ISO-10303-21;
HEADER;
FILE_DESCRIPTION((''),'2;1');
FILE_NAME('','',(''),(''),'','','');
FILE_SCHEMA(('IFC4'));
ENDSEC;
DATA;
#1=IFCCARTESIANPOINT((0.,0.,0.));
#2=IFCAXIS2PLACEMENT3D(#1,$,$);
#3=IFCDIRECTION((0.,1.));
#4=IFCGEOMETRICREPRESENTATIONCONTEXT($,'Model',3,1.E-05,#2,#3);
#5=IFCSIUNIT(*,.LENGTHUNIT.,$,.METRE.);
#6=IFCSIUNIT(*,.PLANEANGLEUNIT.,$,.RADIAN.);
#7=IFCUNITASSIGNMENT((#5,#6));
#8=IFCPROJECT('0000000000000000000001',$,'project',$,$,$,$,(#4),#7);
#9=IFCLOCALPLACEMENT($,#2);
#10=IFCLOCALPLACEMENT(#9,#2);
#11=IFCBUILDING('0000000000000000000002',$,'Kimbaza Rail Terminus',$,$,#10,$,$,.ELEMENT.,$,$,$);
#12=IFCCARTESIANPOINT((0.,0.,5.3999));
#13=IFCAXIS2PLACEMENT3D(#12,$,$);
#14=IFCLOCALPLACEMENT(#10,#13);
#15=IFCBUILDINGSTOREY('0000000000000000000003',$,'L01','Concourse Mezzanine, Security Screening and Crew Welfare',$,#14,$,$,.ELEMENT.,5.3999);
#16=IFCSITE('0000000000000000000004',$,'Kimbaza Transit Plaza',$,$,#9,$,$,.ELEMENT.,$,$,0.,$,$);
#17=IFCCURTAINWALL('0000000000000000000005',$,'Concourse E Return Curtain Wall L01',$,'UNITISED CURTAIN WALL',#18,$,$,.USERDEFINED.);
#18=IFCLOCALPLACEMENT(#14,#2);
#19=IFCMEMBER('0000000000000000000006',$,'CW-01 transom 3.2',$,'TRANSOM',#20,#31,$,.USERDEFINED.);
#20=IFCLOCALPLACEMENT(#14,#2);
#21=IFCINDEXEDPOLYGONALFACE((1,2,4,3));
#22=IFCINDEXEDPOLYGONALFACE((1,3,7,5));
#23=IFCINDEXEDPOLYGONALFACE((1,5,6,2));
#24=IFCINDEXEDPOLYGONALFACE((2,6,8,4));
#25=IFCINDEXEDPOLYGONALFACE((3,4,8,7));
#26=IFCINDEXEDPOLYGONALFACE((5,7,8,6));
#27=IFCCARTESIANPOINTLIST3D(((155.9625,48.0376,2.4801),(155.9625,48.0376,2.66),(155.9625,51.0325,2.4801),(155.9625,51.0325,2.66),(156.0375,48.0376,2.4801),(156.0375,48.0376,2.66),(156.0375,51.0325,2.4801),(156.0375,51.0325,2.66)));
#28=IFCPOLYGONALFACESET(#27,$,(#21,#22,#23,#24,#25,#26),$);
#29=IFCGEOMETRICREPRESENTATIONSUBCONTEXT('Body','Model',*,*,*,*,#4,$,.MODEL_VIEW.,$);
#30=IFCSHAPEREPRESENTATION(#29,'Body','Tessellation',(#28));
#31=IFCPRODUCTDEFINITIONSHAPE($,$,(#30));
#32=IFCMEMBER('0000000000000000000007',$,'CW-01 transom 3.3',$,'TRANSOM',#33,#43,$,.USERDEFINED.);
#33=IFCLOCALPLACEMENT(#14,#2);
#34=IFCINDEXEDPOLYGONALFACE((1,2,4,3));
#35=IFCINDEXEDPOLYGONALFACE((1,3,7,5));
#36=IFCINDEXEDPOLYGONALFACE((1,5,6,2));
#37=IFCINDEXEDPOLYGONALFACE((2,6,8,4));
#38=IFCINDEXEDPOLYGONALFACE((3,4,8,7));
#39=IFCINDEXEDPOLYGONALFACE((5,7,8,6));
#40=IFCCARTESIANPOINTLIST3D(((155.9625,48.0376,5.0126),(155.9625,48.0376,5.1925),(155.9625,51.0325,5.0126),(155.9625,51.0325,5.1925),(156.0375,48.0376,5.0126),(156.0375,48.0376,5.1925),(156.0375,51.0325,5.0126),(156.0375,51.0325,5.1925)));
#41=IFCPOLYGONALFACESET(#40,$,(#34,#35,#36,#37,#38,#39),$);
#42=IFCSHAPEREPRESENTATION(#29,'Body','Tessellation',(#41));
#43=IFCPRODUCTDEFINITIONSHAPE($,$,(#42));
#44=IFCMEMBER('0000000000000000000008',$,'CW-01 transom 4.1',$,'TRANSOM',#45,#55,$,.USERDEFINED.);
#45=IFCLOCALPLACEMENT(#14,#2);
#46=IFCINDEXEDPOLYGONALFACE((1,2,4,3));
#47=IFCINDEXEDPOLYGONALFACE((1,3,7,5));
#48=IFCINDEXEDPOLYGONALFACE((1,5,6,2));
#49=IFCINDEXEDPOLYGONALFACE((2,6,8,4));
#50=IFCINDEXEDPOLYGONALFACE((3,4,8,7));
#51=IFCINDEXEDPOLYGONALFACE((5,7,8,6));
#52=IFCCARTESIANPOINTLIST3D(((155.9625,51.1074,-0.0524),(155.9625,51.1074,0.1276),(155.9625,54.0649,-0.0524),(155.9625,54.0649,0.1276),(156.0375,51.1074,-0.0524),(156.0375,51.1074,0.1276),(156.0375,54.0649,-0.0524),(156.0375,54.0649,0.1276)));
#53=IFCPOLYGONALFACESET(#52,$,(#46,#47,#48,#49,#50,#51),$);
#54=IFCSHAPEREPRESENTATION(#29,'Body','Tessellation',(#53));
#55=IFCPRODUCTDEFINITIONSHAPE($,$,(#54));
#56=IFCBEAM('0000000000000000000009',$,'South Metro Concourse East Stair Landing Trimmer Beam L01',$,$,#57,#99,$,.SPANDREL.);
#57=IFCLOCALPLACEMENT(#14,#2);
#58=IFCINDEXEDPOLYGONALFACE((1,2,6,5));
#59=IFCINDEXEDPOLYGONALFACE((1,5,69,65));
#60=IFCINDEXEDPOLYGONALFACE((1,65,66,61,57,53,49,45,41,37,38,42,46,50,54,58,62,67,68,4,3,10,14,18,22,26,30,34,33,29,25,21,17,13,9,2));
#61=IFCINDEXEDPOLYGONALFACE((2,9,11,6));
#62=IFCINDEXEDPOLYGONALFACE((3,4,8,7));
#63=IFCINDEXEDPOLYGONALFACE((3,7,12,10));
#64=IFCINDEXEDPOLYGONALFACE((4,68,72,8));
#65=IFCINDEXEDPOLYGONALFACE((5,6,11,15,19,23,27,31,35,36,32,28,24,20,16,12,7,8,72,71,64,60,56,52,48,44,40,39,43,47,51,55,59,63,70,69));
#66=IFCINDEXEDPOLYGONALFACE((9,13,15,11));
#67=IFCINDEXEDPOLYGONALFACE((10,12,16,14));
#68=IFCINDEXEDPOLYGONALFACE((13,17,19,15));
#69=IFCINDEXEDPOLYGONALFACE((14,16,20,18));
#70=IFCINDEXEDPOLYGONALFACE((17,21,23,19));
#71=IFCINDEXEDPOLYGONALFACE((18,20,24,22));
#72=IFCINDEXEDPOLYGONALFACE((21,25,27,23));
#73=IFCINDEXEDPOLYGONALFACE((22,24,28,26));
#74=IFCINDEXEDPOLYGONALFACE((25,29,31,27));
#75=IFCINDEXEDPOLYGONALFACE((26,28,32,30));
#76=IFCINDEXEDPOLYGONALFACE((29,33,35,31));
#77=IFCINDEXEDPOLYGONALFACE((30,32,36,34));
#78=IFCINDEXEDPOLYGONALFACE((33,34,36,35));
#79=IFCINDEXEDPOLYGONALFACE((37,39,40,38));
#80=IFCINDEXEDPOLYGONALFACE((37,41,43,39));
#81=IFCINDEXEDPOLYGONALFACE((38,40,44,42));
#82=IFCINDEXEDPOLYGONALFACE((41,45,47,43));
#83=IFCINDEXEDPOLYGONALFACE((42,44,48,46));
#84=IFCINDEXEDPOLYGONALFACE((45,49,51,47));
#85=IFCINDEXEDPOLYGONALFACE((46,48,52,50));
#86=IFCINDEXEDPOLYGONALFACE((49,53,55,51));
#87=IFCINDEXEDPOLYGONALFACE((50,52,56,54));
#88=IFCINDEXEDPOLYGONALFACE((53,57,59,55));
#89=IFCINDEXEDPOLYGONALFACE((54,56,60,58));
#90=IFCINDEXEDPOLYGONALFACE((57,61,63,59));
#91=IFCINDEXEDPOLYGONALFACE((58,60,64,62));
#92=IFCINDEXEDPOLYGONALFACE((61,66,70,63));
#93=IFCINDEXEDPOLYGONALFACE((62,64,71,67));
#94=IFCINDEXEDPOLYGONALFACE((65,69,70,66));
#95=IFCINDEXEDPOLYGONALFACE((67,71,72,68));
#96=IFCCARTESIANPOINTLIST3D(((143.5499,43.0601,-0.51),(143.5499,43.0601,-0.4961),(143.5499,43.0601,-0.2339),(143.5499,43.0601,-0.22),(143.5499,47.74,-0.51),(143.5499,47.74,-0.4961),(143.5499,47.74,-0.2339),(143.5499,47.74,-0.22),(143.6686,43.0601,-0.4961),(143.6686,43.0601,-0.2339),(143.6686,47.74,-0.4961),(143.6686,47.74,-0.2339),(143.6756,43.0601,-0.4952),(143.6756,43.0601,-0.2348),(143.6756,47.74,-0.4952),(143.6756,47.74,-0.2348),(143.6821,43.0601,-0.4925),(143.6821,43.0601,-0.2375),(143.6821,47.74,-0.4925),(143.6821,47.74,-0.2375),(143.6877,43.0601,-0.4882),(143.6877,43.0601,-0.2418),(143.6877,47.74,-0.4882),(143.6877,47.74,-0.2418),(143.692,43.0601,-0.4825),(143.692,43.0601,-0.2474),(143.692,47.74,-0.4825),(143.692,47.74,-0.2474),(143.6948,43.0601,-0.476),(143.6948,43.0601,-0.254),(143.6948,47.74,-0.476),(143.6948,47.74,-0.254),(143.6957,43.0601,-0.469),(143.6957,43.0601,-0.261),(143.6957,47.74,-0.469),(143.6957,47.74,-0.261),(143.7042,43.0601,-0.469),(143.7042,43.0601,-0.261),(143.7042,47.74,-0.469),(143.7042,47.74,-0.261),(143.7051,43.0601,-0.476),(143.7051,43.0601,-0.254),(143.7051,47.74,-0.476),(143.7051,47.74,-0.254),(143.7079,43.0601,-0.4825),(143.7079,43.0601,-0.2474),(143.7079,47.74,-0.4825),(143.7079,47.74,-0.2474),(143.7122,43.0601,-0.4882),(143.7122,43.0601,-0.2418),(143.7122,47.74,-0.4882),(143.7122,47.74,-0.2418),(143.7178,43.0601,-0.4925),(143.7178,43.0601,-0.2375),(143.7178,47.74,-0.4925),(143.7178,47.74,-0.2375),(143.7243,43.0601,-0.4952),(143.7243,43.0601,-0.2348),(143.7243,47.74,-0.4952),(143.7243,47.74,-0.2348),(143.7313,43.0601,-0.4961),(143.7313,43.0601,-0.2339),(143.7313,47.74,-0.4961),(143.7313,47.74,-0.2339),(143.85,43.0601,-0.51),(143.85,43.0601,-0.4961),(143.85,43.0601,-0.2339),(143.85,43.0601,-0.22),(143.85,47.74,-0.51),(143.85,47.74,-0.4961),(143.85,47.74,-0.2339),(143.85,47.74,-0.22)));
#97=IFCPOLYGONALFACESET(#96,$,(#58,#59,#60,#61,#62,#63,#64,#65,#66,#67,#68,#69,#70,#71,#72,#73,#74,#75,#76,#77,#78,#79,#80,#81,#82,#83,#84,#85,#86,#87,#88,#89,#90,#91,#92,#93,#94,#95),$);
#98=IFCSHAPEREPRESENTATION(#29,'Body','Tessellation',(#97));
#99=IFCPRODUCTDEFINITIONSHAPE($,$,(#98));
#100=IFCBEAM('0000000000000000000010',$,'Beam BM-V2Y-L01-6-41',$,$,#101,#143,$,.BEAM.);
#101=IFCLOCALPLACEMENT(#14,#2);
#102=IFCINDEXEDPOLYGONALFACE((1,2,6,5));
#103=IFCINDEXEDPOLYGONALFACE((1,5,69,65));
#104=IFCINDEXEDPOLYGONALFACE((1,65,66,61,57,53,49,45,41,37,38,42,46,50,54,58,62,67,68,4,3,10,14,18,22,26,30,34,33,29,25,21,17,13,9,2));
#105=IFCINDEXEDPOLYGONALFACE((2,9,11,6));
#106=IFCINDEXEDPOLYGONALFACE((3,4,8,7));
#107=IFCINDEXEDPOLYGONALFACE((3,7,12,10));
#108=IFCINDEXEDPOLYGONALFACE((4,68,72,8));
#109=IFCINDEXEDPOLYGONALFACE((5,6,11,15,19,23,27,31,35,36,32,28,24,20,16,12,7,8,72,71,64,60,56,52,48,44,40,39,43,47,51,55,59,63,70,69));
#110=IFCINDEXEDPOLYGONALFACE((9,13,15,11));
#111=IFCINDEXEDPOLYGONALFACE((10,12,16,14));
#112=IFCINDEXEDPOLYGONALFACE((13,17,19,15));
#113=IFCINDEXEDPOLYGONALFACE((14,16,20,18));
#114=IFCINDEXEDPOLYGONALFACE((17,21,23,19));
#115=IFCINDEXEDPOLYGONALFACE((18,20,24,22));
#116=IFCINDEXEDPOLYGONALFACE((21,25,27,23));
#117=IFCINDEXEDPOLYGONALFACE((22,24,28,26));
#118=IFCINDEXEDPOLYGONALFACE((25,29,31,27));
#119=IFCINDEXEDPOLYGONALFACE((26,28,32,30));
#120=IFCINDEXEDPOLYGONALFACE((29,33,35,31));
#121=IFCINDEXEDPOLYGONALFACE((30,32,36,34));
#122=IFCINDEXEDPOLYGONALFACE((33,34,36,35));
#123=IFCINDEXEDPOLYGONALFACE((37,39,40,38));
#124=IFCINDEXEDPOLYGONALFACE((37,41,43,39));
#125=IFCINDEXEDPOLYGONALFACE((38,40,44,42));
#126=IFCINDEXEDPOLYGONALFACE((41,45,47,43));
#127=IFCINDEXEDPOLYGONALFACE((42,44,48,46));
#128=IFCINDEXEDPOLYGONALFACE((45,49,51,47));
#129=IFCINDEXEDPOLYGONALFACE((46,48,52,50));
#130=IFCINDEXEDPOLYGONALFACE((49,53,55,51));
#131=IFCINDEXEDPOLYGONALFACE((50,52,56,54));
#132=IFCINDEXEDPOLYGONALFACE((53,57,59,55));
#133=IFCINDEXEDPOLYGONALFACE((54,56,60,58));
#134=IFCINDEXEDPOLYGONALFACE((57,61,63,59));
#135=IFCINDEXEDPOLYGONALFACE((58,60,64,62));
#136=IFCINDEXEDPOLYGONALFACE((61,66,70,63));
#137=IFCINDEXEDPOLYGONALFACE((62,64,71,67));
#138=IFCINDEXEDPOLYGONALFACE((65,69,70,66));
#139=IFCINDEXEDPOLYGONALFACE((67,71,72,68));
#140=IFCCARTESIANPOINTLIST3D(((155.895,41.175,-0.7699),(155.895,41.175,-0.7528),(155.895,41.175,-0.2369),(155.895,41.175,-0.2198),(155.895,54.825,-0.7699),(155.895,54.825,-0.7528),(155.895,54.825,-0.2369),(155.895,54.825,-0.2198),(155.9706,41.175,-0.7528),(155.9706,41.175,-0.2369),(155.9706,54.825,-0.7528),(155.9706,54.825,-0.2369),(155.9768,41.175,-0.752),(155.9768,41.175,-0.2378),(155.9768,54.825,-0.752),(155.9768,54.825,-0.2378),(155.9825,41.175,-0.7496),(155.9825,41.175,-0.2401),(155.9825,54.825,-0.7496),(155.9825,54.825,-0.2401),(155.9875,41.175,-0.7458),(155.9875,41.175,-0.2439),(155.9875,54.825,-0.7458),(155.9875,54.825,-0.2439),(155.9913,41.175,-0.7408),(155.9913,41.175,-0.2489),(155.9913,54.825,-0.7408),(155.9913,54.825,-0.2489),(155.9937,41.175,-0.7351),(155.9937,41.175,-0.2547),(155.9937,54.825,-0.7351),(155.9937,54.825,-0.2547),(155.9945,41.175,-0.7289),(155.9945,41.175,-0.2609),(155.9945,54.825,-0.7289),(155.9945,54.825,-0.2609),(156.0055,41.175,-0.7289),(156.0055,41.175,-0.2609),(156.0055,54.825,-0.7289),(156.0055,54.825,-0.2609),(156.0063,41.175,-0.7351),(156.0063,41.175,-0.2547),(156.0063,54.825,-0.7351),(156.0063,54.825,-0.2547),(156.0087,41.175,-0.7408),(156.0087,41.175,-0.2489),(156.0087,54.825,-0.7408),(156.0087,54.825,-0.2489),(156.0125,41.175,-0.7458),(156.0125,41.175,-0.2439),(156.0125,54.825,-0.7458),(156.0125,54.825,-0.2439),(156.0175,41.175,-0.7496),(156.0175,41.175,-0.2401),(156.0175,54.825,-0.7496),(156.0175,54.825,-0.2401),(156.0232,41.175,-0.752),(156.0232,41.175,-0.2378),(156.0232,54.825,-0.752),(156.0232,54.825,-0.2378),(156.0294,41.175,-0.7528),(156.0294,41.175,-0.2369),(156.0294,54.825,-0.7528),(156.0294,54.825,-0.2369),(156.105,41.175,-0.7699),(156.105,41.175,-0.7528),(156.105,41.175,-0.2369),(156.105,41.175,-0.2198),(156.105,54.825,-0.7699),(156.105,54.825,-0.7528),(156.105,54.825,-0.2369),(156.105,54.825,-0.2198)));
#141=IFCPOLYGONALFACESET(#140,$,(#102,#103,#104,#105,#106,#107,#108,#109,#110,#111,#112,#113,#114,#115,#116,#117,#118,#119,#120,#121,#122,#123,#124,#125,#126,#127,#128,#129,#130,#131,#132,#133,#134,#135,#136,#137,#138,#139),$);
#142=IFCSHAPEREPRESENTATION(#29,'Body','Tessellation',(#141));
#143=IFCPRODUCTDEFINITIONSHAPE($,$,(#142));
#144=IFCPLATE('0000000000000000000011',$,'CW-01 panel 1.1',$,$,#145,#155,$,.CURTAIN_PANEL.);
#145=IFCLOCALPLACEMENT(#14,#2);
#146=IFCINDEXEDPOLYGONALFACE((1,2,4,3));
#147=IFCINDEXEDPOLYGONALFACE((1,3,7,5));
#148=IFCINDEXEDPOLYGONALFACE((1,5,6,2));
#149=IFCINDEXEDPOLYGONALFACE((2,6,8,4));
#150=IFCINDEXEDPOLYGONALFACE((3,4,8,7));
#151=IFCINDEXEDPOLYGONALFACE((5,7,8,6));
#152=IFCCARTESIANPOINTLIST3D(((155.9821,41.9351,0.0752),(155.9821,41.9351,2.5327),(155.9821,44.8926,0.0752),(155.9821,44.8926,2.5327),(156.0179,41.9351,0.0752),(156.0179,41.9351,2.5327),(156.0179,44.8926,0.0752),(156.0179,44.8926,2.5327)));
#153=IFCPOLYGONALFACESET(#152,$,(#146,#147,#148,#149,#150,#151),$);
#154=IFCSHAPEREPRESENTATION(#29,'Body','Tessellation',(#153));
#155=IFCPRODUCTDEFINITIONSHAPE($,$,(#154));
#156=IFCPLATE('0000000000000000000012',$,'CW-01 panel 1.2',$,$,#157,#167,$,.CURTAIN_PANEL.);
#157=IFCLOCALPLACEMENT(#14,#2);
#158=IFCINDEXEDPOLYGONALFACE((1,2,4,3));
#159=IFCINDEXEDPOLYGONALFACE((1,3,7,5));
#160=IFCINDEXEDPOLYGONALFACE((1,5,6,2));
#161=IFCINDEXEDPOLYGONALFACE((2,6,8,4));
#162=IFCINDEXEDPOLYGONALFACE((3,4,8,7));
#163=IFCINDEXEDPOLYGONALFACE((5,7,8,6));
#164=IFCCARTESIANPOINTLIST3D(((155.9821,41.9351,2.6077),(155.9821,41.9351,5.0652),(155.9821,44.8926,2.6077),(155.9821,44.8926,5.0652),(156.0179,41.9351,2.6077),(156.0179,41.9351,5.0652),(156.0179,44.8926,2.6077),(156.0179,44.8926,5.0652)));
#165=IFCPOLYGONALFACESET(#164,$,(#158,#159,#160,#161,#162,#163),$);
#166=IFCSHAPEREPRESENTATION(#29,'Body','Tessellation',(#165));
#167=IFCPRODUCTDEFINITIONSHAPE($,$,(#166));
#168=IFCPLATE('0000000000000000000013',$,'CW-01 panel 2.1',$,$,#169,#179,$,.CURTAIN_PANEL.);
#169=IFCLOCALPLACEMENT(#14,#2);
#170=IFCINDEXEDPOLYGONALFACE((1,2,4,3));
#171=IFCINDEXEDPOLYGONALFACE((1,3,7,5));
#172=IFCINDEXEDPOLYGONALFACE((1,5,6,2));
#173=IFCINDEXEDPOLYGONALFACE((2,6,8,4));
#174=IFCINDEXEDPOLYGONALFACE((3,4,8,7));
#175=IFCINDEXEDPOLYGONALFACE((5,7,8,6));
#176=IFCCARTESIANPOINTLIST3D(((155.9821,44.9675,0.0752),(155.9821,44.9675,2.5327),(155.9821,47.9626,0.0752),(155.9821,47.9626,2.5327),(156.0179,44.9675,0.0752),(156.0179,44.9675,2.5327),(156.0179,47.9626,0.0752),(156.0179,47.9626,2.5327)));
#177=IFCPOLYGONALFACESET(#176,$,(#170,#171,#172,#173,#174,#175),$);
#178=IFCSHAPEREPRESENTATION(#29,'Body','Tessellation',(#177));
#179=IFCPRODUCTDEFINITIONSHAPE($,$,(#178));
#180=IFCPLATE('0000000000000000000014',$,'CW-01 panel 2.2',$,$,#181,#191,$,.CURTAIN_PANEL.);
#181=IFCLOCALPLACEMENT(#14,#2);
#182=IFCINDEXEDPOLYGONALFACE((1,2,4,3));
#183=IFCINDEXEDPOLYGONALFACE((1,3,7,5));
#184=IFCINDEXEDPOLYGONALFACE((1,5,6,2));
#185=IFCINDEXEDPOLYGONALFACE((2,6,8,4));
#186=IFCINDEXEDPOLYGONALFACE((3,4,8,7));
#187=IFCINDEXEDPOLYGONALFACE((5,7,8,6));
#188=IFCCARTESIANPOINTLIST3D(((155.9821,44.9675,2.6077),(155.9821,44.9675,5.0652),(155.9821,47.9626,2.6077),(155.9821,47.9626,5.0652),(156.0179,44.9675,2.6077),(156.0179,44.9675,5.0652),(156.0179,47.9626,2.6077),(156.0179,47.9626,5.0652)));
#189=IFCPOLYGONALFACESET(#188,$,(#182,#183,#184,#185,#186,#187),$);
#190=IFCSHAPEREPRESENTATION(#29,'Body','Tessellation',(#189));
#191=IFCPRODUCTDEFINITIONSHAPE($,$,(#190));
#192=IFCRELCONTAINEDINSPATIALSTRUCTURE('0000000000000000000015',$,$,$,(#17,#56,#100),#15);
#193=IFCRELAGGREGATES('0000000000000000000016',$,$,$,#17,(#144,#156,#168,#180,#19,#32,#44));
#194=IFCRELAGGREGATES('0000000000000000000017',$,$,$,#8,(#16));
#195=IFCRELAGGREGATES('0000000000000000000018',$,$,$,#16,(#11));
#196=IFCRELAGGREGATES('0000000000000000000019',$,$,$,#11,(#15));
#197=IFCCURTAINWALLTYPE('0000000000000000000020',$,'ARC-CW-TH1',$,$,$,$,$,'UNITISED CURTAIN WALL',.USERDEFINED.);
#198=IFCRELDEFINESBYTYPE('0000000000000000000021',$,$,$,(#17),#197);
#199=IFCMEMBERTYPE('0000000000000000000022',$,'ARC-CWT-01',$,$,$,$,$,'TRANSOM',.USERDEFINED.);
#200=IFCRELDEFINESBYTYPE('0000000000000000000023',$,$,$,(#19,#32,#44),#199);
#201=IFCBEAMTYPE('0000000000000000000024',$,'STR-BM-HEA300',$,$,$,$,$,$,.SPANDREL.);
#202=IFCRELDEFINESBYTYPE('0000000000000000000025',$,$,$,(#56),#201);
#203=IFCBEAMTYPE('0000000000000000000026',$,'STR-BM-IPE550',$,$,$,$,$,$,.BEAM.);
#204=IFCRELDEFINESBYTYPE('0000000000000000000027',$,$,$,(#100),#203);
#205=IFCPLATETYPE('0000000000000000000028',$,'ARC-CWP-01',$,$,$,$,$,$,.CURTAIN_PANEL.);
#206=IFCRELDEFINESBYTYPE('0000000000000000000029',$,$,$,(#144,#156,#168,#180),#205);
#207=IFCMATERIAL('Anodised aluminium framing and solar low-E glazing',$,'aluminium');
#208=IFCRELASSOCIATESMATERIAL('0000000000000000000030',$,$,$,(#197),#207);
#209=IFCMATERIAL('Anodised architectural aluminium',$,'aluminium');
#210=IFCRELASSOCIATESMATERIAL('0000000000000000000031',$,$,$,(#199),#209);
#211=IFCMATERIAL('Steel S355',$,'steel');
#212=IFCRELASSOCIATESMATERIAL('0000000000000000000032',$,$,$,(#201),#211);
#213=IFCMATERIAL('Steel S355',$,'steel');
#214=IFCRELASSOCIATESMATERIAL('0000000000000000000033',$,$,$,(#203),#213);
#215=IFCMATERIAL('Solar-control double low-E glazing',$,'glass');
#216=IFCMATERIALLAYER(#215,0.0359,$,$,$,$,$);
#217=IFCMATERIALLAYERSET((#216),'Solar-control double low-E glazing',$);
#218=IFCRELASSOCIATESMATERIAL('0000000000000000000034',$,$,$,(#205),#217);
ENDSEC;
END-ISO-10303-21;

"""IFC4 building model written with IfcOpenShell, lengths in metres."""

from ifc_helpers import new_model, si_unit, direction, frame, origin, origin_2d, place, context, subcontext, project, spatial, rectangle, i_section, extrude, material, layer, layer_set, material_profile, profile_set, type_object, element, aggregate, save


model = new_model("IFC4")

# Units and contexts
model_context = context("Model", 3, precision=1e-05, world=origin(), true_north=direction((0.0, 1.0)))
body_context = subcontext(model_context, "Body", "Model", "MODEL_VIEW")
ifc_project = project(units=[si_unit("LENGTHUNIT", "METRE"), si_unit("PLANEANGLEUNIT", "RADIAN")], contexts=[model_context])

# Site, building, storey
site_placement = place(None, origin())
site = spatial("IfcSite", under=ifc_project, at=site_placement, Name="Kimbaza Transit Plaza", CompositionType="ELEMENT", RefElevation=0.0)
building_placement = place(site_placement, origin())
building = spatial("IfcBuilding", under=site, at=building_placement, Name="Kimbaza Rail Terminus", CompositionType="ELEMENT")
storey_placement = place(building_placement, frame((0.0, 0.0, 5.3999)))
storey = spatial("IfcBuildingStorey", under=building, at=storey_placement, Name="L01", Description="Concourse Mezzanine, Security Screening and Crew Welfare", CompositionType="ELEMENT", Elevation=5.3999)

# Curtain wall, members
ifc_material_1 = material(Name="Anodised aluminium framing and solar low-E glazing", Category="aluminium")
curtain_wall_type = type_object("IfcCurtainWallType", Name="ARC-CW-TH1", ElementType="UNITISED CURTAIN WALL", PredefinedType="USERDEFINED", material=ifc_material_1)
curtain_wall_placement = place(storey_placement, origin())
curtain_wall = element("IfcCurtainWall", 1, at=curtain_wall_placement, inside=storey, type_object=curtain_wall_type, Name="Concourse E Return Curtain Wall L01", ObjectType="UNITISED CURTAIN WALL", PredefinedType="USERDEFINED")
ifc_material_2 = material(Name="Anodised architectural aluminium", Category="aluminium")
ifc_material_profile_1 = material_profile(ifc_material_2, rectangle(XDim=0.075, YDim=0.1799, at=origin_2d()), Name="TRANSOM 75x180")
ifc_profile_set_1 = profile_set([ifc_material_profile_1], Name="Anodised architectural aluminium")
member_type_1 = type_object("IfcMemberType", Name="ARC-CWT-01", ElementType="TRANSOM", PredefinedType="USERDEFINED", material=ifc_profile_set_1)
member_1_placement = place(storey_placement, frame((156.0, 48.0376, 2.5701), z_axis=(0.0, 1.0, 0.0), x_axis=(-1.0, 0.0, 0.0)))
member_1 = element("IfcMember", 2, at=member_1_placement, type_object=member_type_1, Name="CW-01 transom 3.2", ObjectType="TRANSOM", PredefinedType="USERDEFINED", context=body_context, shape_type="SweptSolid", body=[
    extrude(rectangle(XDim=0.075, YDim=0.1799, at=origin_2d()), origin(), (0.0, 0.0, 1.0), 2.9949),
])
member_2_placement = place(storey_placement, frame((156.0, 48.0376, 5.1025), z_axis=(0.0, 1.0, 0.0), x_axis=(-1.0, 0.0, 0.0)))
member_2 = element("IfcMember", 3, at=member_2_placement, type_object=member_type_1, Name="CW-01 transom 3.3", ObjectType="TRANSOM", PredefinedType="USERDEFINED", context=body_context, shape_type="SweptSolid", body=[
    extrude(rectangle(XDim=0.075, YDim=0.1799, at=origin_2d()), origin(), (0.0, 0.0, 1.0), 2.9949),
])
member_3_placement = place(storey_placement, frame((156.0, 51.1074, 0.0376), z_axis=(0.0, 1.0, 0.0), x_axis=(-1.0, 0.0, 0.0)))
member_3 = element("IfcMember", 4, at=member_3_placement, type_object=member_type_1, Name="CW-01 transom 4.1", ObjectType="TRANSOM", PredefinedType="USERDEFINED", context=body_context, shape_type="SweptSolid", body=[
    extrude(rectangle(XDim=0.075, YDim=0.1799, at=origin_2d()), origin(), (0.0, 0.0, 1.0), 2.9575),
])

# Beams
ifc_material_3 = material(Name="Steel S355", Category="steel")
ifc_material_profile_2 = material_profile(ifc_material_3, i_section(OverallWidth=0.3, OverallDepth=0.29, WebThickness=0.0085, FlangeThickness=0.0139, FilletRadius=0.0271, at=origin_2d()), Name="HEA 300")
ifc_profile_set_2 = profile_set([ifc_material_profile_2], Name="Steel S355")
beam_type_1 = type_object("IfcBeamType", Name="STR-BM-HEA300", PredefinedType="SPANDREL", material=ifc_profile_set_2)
beam_1_placement = place(storey_placement, frame((143.7, 43.0601, -0.365), z_axis=(0.0, 1.0, 0.0), x_axis=(-1.0, 0.0, 0.0)))
element("IfcBeam", 5, at=beam_1_placement, inside=storey, type_object=beam_type_1, Name="South Metro Concourse East Stair Landing Trimmer Beam L01", PredefinedType="SPANDREL", context=body_context, shape_type="SweptSolid", body=[
    extrude(i_section(OverallWidth=0.3, OverallDepth=0.29, WebThickness=0.0085, FlangeThickness=0.0139, FilletRadius=0.0271, at=origin_2d()), origin(), (0.0, 0.0, 1.0), 4.6799),
])
ifc_material_4 = material(Name="Steel S355", Category="steel")
ifc_material_profile_3 = material_profile(ifc_material_4, i_section(OverallWidth=0.21, OverallDepth=0.55, WebThickness=0.011, FlangeThickness=0.0171, FilletRadius=0.0239, at=origin_2d()), Name="IPE 550")
ifc_profile_set_3 = profile_set([ifc_material_profile_3], Name="Steel S355")
beam_type_2 = type_object("IfcBeamType", Name="STR-BM-IPE550", PredefinedType="BEAM", material=ifc_profile_set_3)
beam_2_placement = place(storey_placement, frame((156.0, 41.175, -0.4949), z_axis=(0.0, 1.0, 0.0), x_axis=(-1.0, 0.0, 0.0)))
element("IfcBeam", 6, at=beam_2_placement, inside=storey, type_object=beam_type_2, Name="Beam BM-V2Y-L01-6-41", PredefinedType="BEAM", context=body_context, shape_type="SweptSolid", body=[
    extrude(i_section(OverallWidth=0.21, OverallDepth=0.55, WebThickness=0.011, FlangeThickness=0.0171, FilletRadius=0.0239, at=origin_2d()), origin(), (0.0, 0.0, 1.0), 13.6499),
])

# Plates
ifc_material_5 = material(Name="Solar-control double low-E glazing", Category="glass")
ifc_layer_1 = layer(ifc_material_5, 0.0359)
ifc_layer_set_1 = layer_set([ifc_layer_1], Name="Solar-control double low-E glazing")
plate_type = type_object("IfcPlateType", Name="ARC-CWP-01", PredefinedType="CURTAIN_PANEL", material=ifc_layer_set_1)
plate_1_placement = place(storey_placement, frame((156.0, 43.4138, 0.0752), z_axis=(0.0, 0.0, 1.0), x_axis=(0.0, 1.0, 0.0)))
plate_1 = element("IfcPlate", 7, at=plate_1_placement, type_object=plate_type, Name="CW-01 panel 1.1", PredefinedType="CURTAIN_PANEL", context=body_context, shape_type="SweptSolid", body=[
    extrude(rectangle(XDim=2.9575, YDim=0.0359, at=origin_2d()), origin(), (0.0, 0.0, 1.0), 2.4575),
])
plate_2_placement = place(storey_placement, frame((156.0, 43.4138, 2.6077), z_axis=(0.0, 0.0, 1.0), x_axis=(0.0, 1.0, 0.0)))
plate_2 = element("IfcPlate", 8, at=plate_2_placement, type_object=plate_type, Name="CW-01 panel 1.2", PredefinedType="CURTAIN_PANEL", context=body_context, shape_type="SweptSolid", body=[
    extrude(rectangle(XDim=2.9575, YDim=0.0359, at=origin_2d()), origin(), (0.0, 0.0, 1.0), 2.4575),
])
plate_3_placement = place(storey_placement, frame((156.0, 46.4651, 0.0752), z_axis=(0.0, 0.0, 1.0), x_axis=(0.0, 1.0, 0.0)))
plate_3 = element("IfcPlate", 9, at=plate_3_placement, type_object=plate_type, Name="CW-01 panel 2.1", PredefinedType="CURTAIN_PANEL", context=body_context, shape_type="SweptSolid", body=[
    extrude(rectangle(XDim=2.9951, YDim=0.0359, at=origin_2d()), origin(), (0.0, 0.0, 1.0), 2.4575),
])
plate_4_placement = place(storey_placement, frame((156.0, 46.4651, 2.6077), z_axis=(0.0, 0.0, 1.0), x_axis=(0.0, 1.0, 0.0)))
plate_4 = element("IfcPlate", 10, at=plate_4_placement, type_object=plate_type, Name="CW-01 panel 2.2", PredefinedType="CURTAIN_PANEL", context=body_context, shape_type="SweptSolid", body=[
    extrude(rectangle(XDim=2.9951, YDim=0.0359, at=origin_2d()), origin(), (0.0, 0.0, 1.0), 2.4575),
])
aggregate(curtain_wall, [plate_1, plate_2, plate_3, plate_4, member_1, member_2, member_3])

save(model, "model.ifc")
